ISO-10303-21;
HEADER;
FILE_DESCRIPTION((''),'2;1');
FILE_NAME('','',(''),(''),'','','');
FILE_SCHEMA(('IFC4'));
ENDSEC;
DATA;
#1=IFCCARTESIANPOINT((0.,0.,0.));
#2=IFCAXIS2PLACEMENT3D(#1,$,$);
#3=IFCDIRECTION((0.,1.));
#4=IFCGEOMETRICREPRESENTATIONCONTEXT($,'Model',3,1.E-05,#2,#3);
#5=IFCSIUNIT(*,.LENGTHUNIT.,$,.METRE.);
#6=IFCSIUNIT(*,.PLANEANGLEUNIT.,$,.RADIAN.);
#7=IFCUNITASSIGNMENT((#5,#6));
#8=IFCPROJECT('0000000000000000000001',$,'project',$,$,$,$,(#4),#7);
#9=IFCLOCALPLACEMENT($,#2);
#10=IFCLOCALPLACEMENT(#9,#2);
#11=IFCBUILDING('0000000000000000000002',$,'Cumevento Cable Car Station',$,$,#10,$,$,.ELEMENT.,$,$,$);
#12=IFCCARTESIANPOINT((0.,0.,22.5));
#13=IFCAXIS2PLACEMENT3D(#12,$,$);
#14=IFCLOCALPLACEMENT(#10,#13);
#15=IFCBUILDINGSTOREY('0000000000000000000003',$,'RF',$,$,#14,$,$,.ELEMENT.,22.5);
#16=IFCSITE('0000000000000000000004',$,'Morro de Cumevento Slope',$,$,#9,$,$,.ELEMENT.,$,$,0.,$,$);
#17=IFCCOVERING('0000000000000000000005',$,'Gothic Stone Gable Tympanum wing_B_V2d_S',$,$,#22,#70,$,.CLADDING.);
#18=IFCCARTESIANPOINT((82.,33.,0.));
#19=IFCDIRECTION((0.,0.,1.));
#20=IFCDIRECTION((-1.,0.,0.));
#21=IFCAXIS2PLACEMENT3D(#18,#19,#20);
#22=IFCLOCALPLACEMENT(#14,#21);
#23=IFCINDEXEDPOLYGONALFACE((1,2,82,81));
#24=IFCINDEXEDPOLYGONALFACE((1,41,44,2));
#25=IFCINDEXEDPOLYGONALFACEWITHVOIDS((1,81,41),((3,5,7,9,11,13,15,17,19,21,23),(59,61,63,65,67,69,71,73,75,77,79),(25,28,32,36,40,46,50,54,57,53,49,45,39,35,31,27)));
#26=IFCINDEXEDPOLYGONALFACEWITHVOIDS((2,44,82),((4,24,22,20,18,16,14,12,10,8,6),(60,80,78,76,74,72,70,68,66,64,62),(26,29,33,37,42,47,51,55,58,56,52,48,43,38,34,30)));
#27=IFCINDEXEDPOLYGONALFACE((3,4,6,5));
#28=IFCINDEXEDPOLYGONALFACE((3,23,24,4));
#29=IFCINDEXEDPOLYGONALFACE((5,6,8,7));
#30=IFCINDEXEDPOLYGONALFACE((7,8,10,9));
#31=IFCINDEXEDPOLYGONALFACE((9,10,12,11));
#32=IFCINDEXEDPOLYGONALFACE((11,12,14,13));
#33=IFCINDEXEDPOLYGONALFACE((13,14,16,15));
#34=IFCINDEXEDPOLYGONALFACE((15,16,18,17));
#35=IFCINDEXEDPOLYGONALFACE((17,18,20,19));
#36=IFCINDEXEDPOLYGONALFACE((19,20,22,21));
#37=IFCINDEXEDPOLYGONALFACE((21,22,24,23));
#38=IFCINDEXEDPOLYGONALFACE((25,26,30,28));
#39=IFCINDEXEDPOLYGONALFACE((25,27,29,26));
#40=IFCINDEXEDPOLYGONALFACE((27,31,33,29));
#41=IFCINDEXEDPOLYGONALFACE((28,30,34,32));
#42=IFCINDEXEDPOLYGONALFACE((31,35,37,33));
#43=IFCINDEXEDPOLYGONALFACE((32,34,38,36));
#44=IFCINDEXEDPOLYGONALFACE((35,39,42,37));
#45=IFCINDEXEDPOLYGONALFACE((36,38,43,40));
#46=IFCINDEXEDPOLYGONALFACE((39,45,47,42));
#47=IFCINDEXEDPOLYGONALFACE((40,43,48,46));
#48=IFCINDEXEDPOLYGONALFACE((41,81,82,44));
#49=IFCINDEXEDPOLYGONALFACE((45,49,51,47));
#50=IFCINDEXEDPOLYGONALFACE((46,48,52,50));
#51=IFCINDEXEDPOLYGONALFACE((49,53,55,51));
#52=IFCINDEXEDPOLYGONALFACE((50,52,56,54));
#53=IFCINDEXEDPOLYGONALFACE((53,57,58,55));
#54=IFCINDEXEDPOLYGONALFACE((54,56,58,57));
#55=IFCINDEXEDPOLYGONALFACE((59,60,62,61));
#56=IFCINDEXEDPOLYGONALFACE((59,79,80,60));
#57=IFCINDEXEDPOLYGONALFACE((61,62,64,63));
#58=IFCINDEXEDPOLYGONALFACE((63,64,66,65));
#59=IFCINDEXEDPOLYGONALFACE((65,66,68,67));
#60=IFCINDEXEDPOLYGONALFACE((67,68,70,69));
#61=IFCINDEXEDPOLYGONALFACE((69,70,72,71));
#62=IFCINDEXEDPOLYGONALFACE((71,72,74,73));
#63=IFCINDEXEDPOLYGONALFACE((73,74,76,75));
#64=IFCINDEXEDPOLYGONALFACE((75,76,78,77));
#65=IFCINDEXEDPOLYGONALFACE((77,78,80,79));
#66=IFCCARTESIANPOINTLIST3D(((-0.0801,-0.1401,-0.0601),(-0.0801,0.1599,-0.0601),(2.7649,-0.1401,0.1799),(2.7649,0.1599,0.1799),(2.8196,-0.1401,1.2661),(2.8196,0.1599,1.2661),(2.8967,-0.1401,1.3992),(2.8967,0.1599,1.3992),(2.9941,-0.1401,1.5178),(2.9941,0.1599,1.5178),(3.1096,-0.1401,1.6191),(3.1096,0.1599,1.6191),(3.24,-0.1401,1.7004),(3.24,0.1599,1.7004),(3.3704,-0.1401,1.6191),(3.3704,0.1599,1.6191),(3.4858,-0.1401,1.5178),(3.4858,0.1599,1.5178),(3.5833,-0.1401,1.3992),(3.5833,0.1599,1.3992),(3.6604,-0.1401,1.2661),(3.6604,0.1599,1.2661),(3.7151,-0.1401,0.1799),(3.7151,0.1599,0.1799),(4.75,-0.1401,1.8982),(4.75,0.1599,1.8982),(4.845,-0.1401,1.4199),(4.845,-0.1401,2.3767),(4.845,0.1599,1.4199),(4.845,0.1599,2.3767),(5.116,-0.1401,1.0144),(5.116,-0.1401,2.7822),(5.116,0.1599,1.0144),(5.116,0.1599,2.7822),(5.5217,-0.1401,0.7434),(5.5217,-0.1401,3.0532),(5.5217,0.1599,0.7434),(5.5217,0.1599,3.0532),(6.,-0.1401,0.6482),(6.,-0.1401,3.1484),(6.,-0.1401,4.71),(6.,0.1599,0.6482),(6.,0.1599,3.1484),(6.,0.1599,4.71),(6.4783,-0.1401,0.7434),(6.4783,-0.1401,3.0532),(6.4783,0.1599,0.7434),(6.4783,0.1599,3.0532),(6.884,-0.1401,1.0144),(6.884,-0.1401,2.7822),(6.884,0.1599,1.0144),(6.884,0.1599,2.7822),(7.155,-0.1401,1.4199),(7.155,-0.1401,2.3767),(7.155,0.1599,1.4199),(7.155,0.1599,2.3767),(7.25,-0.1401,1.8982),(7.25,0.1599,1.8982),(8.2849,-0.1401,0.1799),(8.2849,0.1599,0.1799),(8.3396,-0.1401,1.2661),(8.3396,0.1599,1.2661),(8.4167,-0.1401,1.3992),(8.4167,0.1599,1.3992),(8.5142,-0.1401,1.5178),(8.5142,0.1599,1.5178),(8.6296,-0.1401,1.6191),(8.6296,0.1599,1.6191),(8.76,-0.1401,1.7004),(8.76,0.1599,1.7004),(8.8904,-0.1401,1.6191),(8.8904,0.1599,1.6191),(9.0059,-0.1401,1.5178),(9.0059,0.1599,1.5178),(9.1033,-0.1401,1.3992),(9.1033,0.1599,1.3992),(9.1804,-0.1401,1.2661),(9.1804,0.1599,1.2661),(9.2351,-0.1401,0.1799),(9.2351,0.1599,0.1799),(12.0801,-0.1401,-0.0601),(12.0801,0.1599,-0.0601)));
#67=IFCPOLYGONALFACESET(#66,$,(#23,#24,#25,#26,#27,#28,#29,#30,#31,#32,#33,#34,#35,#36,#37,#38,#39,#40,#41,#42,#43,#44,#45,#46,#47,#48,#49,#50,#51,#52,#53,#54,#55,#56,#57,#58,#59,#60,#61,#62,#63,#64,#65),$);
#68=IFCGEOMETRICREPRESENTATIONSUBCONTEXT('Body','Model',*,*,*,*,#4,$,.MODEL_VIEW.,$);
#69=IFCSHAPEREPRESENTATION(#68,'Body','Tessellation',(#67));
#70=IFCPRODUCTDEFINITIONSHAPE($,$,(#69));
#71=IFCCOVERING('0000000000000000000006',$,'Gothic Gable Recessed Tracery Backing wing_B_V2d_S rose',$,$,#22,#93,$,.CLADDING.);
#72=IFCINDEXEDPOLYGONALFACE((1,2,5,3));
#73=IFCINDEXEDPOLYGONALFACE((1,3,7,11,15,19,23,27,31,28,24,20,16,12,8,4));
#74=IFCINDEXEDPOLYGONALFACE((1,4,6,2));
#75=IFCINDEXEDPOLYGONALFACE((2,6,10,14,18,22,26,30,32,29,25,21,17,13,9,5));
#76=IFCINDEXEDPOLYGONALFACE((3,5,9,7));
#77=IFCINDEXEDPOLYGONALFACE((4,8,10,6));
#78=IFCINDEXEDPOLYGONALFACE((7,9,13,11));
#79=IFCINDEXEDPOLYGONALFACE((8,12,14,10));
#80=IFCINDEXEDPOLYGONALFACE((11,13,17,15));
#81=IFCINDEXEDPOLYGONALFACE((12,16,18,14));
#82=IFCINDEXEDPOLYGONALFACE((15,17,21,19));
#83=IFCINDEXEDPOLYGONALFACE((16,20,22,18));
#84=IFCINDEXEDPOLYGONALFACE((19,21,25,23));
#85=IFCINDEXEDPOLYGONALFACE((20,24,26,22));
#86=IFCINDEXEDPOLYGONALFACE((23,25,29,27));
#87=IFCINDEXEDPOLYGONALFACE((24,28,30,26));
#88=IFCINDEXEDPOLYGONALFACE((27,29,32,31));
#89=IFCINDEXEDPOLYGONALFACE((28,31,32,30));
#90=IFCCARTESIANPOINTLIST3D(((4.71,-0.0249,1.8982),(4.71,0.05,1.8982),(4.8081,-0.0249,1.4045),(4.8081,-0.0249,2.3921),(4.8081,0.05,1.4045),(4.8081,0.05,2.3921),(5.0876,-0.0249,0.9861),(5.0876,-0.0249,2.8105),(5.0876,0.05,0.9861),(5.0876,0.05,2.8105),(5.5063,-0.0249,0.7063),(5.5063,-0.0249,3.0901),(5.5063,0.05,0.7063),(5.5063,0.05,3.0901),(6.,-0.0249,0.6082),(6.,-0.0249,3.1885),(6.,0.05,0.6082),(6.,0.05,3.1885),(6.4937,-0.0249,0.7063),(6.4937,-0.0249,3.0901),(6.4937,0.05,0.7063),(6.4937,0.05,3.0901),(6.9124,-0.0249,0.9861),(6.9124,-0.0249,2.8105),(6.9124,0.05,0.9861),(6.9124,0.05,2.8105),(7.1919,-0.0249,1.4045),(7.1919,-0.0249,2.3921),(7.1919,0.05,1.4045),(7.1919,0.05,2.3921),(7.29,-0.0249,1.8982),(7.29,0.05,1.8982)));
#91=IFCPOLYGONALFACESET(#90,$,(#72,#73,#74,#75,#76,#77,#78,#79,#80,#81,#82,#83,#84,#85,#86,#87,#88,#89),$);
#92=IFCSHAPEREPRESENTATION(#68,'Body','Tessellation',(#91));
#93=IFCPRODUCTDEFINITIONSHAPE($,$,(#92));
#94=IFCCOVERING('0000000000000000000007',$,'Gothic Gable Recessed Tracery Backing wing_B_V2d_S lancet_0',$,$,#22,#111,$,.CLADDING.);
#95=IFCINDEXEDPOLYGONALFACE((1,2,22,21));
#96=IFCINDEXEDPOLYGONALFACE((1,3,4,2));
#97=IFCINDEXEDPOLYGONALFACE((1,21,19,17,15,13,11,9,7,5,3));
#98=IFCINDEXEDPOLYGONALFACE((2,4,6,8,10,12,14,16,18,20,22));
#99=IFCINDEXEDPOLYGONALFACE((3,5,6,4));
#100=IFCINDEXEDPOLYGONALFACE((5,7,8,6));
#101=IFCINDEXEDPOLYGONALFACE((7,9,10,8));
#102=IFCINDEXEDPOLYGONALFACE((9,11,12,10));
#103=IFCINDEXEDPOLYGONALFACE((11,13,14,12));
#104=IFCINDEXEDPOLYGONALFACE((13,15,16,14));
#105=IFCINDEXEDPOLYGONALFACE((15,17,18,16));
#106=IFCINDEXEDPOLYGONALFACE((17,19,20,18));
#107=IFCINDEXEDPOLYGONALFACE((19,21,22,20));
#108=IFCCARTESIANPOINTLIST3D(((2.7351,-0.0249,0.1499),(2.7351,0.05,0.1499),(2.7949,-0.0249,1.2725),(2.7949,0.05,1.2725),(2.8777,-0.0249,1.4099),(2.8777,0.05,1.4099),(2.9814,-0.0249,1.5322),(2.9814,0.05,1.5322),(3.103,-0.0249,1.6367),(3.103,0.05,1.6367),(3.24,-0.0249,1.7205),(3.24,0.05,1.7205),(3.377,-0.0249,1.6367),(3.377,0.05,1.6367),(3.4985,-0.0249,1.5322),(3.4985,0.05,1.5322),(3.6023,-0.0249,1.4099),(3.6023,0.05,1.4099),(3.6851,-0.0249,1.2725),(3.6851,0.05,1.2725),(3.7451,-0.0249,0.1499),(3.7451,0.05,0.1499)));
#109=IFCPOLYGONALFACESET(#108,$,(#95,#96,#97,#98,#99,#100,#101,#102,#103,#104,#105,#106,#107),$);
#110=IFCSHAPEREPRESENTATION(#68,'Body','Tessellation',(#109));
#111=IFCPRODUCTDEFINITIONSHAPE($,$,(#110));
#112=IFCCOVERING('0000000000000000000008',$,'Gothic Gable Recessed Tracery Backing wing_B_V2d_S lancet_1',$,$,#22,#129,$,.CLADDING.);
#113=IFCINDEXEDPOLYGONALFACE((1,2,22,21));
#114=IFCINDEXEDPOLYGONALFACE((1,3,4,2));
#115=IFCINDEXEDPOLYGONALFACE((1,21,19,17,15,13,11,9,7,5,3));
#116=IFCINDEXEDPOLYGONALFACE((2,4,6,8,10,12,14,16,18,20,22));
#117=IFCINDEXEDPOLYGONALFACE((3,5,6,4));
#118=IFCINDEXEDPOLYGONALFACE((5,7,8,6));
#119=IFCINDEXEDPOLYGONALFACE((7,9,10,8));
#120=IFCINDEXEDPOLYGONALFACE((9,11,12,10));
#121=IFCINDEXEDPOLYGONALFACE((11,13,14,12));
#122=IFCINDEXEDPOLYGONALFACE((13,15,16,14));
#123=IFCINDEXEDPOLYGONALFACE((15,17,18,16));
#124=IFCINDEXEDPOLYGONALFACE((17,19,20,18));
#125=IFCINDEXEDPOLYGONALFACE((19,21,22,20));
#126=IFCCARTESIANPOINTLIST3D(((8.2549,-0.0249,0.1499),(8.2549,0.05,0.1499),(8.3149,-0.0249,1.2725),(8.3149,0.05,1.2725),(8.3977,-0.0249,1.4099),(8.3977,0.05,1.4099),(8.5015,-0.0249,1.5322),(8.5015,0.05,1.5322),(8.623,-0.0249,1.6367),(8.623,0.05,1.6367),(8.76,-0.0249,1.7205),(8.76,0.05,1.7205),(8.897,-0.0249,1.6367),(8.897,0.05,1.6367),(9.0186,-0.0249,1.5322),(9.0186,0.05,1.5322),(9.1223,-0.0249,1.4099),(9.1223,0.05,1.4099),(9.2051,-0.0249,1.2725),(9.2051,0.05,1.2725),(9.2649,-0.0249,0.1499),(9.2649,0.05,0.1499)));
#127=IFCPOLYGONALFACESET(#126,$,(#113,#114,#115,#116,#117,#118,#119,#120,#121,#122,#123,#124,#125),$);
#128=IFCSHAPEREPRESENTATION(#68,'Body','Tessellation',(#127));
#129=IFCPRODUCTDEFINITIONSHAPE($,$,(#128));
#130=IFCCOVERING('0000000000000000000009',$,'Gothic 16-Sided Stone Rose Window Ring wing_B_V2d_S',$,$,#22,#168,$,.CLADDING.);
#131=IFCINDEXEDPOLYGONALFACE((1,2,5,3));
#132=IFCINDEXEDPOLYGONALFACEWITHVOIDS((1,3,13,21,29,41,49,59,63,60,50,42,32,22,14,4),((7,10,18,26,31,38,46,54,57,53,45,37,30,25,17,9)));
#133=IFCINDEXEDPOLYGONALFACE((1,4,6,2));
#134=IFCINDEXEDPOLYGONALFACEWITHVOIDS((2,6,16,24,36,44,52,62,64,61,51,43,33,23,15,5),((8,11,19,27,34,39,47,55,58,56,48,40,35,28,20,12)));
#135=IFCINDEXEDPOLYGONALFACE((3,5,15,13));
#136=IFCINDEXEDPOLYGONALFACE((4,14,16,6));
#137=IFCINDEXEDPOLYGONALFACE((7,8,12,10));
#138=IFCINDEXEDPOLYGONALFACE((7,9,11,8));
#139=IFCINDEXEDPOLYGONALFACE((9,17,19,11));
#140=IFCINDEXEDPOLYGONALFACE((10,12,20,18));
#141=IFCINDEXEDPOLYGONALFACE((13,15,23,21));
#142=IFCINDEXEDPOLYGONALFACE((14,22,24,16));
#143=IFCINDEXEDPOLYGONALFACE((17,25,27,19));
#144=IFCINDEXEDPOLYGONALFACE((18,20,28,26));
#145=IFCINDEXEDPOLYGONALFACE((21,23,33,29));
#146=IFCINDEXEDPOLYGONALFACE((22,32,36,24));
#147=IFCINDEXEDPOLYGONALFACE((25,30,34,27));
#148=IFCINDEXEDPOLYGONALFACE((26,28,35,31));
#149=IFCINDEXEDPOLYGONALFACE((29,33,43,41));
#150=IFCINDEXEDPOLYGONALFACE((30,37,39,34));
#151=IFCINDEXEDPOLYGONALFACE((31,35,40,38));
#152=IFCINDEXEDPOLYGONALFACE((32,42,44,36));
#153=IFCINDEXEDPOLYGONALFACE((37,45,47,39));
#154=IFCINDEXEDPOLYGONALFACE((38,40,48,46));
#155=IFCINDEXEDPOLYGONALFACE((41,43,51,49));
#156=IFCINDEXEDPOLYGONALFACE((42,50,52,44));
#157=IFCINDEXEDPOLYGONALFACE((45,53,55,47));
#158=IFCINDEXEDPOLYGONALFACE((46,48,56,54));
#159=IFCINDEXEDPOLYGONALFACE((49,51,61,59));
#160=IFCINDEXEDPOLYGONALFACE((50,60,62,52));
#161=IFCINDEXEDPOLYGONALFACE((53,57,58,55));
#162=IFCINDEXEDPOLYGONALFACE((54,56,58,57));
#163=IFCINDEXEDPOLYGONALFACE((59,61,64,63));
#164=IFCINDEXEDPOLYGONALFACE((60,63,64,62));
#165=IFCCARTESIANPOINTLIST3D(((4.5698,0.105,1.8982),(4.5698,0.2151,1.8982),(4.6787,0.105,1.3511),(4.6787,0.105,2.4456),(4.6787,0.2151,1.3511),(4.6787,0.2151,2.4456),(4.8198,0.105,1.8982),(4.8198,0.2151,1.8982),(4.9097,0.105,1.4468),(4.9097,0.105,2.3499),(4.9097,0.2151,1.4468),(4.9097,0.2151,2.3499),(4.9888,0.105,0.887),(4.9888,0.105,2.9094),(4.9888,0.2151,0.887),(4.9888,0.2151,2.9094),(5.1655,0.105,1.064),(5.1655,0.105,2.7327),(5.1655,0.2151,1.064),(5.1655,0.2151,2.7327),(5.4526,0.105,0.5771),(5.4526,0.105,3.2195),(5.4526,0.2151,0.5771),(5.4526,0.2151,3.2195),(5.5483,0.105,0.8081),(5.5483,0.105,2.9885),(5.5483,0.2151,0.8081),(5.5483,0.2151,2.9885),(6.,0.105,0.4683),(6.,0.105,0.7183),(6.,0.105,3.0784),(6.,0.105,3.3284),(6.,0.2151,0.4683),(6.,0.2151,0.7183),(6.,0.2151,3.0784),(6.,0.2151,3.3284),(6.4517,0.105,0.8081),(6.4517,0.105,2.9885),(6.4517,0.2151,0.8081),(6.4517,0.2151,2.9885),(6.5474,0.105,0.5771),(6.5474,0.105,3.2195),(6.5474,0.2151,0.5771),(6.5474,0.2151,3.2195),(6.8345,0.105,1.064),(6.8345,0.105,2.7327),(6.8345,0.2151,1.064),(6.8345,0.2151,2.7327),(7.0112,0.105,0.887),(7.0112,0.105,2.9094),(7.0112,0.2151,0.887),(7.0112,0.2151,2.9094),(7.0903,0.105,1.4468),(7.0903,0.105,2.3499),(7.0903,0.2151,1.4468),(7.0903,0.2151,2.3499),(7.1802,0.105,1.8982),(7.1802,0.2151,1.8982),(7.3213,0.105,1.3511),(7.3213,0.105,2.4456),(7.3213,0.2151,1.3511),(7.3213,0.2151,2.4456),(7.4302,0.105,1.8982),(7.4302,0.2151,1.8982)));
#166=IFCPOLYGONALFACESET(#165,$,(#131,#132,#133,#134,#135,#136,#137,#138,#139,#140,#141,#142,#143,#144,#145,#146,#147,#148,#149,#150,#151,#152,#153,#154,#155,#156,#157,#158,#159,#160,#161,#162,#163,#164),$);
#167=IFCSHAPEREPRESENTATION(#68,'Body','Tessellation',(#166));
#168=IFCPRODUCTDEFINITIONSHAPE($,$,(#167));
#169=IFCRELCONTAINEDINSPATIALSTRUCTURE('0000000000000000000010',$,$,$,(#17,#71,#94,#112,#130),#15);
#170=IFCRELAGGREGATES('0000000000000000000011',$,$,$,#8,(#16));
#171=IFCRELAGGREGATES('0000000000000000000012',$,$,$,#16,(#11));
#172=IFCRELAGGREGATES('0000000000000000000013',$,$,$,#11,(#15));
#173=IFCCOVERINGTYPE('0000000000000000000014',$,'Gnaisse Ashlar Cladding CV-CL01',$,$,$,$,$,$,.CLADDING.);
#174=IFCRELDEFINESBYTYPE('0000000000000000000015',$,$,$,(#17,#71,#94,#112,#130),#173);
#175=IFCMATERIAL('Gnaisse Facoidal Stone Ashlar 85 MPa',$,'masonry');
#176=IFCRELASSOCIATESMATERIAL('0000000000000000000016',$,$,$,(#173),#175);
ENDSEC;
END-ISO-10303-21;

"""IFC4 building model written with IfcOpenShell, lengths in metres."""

from ifc_helpers import new_model, si_unit, direction, frame, origin, place, context, subcontext, project, spatial, polyline, outline, extrude, material, type_object, element, save


model = new_model("IFC4")

# Units and contexts
model_context = context("Model", 3, precision=1e-05, world=origin(), true_north=direction((0.0, 1.0)))
body_context = subcontext(model_context, "Body", "Model", "MODEL_VIEW")
ifc_project = project(units=[si_unit("LENGTHUNIT", "METRE"), si_unit("PLANEANGLEUNIT", "RADIAN")], contexts=[model_context])

# Site, building, storey
site_placement = place(None, origin())
site = spatial("IfcSite", under=ifc_project, at=site_placement, Name="Morro de Cumevento Slope", CompositionType="ELEMENT", RefElevation=0.0)
building_placement = place(site_placement, origin())
building = spatial("IfcBuilding", under=site, at=building_placement, Name="Cumevento Cable Car Station", CompositionType="ELEMENT")
storey_placement = place(building_placement, frame((0.0, 0.0, 22.5)))
storey = spatial("IfcBuildingStorey", under=building, at=storey_placement, Name="RF", CompositionType="ELEMENT", Elevation=22.5)

# Coverings
ifc_material_1 = material(Name="Gnaisse Facoidal Stone Ashlar 85 MPa", Category="masonry")
covering_type = type_object("IfcCoveringType", Name="Gnaisse Ashlar Cladding CV-CL01", PredefinedType="CLADDING", material=ifc_material_1)
placement = place(storey_placement, frame((82.0, 33.0, 0.0), z_axis=(0.0, 0.0, 1.0), x_axis=(-1.0, 0.0, 0.0)))
element("IfcCovering", 1, at=placement, inside=storey, type_object=covering_type, Name="Gothic Stone Gable Tympanum wing_B_V2d_S", PredefinedType="CLADDING", context=body_context, shape_type="SweptSolid", body=[
    extrude(outline(polyline([(-0.0801, -0.0601), (12.0801, -0.0601), (6.0, 4.71), (-0.0801, -0.0601)]), holes=[polyline([(7.25, 1.8982), (7.155, 2.3767), (6.884, 2.7822), (6.4783, 3.0532), (6.0, 3.1484), (5.5217, 3.0532), (5.116, 2.7822), (4.845, 2.3767), (4.75, 1.8982), (4.845, 1.4199), (5.116, 1.0144), (5.5217, 0.7434), (6.0, 0.6482), (6.4783, 0.7434), (6.884, 1.0144), (7.155, 1.4199), (7.25, 1.8982)]), polyline([(2.7649, 0.1799), (3.7151, 0.1799), (3.6604, 1.2661), (3.5833, 1.3992), (3.4858, 1.5178), (3.3704, 1.6191), (3.24, 1.7004), (3.1096, 1.6191), (2.9941, 1.5178), (2.8967, 1.3992), (2.8196, 1.2661), (2.7649, 0.1799)]), polyline([(8.2849, 0.1799), (9.2351, 0.1799), (9.1804, 1.2661), (9.1033, 1.3992), (9.0059, 1.5178), (8.8904, 1.6191), (8.76, 1.7004), (8.6296, 1.6191), (8.5142, 1.5178), (8.4167, 1.3992), (8.3396, 1.2661), (8.2849, 0.1799)])]), frame((0.0, 0.1599, 0.0), z_axis=(0.0, -1.0, 0.0), x_axis=(1.0, 0.0, 0.0)), (0.0, 0.0, 1.0), 0.3),
])
element("IfcCovering", 2, at=placement, inside=storey, type_object=covering_type, Name="Gothic Gable Recessed Tracery Backing wing_B_V2d_S rose", PredefinedType="CLADDING", context=body_context, shape_type="SweptSolid", body=[
    extrude(outline(polyline([(7.29, 1.8982), (7.1919, 2.3921), (6.9124, 2.8105), (6.4937, 3.0901), (6.0, 3.1885), (5.5063, 3.0901), (5.0876, 2.8105), (4.8081, 2.3921), (4.71, 1.8982), (4.8081, 1.4045), (5.0876, 0.9861), (5.5063, 0.7063), (6.0, 0.6082), (6.4937, 0.7063), (6.9124, 0.9861), (7.1919, 1.4045), (7.29, 1.8982)])), frame((0.0, 0.05, 0.0), z_axis=(0.0, -1.0, 0.0), x_axis=(1.0, 0.0, 0.0)), (0.0, 0.0, 1.0), 0.075),
])
element("IfcCovering", 3, at=placement, inside=storey, type_object=covering_type, Name="Gothic Gable Recessed Tracery Backing wing_B_V2d_S lancet_0", PredefinedType="CLADDING", context=body_context, shape_type="SweptSolid", body=[
    extrude(outline(polyline([(2.7351, 0.1499), (3.7451, 0.1499), (3.6851, 1.2725), (3.6023, 1.4099), (3.4985, 1.5322), (3.377, 1.6367), (3.24, 1.7205), (3.103, 1.6367), (2.9814, 1.5322), (2.8777, 1.4099), (2.7949, 1.2725), (2.7351, 0.1499)])), frame((0.0, 0.05, 0.0), z_axis=(0.0, -1.0, 0.0), x_axis=(1.0, 0.0, 0.0)), (0.0, 0.0, 1.0), 0.075),
])
element("IfcCovering", 4, at=placement, inside=storey, type_object=covering_type, Name="Gothic Gable Recessed Tracery Backing wing_B_V2d_S lancet_1", PredefinedType="CLADDING", context=body_context, shape_type="SweptSolid", body=[
    extrude(outline(polyline([(8.2549, 0.1499), (9.2649, 0.1499), (9.2051, 1.2725), (9.1223, 1.4099), (9.0186, 1.5322), (8.897, 1.6367), (8.76, 1.7205), (8.623, 1.6367), (8.5015, 1.5322), (8.3977, 1.4099), (8.3149, 1.2725), (8.2549, 0.1499)])), frame((0.0, 0.05, 0.0), z_axis=(0.0, -1.0, 0.0), x_axis=(1.0, 0.0, 0.0)), (0.0, 0.0, 1.0), 0.075),
])
element("IfcCovering", 5, at=placement, inside=storey, type_object=covering_type, Name="Gothic 16-Sided Stone Rose Window Ring wing_B_V2d_S", PredefinedType="CLADDING", context=body_context, shape_type="SweptSolid", body=[
    extrude(outline(polyline([(7.4302, 1.8982), (7.3213, 2.4456), (7.0112, 2.9094), (6.5474, 3.2195), (6.0, 3.3284), (5.4526, 3.2195), (4.9888, 2.9094), (4.6787, 2.4456), (4.5698, 1.8982), (4.6787, 1.3511), (4.9888, 0.887), (5.4526, 0.5771), (6.0, 0.4683), (6.5474, 0.5771), (7.0112, 0.887), (7.3213, 1.3511), (7.4302, 1.8982)]), holes=[polyline([(7.1802, 1.8982), (7.0903, 2.3499), (6.8345, 2.7327), (6.4517, 2.9885), (6.0, 3.0784), (5.5483, 2.9885), (5.1655, 2.7327), (4.9097, 2.3499), (4.8198, 1.8982), (4.9097, 1.4468), (5.1655, 1.064), (5.5483, 0.8081), (6.0, 0.7183), (6.4517, 0.8081), (6.8345, 1.064), (7.0903, 1.4468), (7.1802, 1.8982)])]), frame((0.0, 0.2151, 0.0), z_axis=(0.0, -1.0, 0.0), x_axis=(1.0, 0.0, 0.0)), (0.0, 0.0, 1.0), 0.1101),
])

save(model, "model.ifc")
